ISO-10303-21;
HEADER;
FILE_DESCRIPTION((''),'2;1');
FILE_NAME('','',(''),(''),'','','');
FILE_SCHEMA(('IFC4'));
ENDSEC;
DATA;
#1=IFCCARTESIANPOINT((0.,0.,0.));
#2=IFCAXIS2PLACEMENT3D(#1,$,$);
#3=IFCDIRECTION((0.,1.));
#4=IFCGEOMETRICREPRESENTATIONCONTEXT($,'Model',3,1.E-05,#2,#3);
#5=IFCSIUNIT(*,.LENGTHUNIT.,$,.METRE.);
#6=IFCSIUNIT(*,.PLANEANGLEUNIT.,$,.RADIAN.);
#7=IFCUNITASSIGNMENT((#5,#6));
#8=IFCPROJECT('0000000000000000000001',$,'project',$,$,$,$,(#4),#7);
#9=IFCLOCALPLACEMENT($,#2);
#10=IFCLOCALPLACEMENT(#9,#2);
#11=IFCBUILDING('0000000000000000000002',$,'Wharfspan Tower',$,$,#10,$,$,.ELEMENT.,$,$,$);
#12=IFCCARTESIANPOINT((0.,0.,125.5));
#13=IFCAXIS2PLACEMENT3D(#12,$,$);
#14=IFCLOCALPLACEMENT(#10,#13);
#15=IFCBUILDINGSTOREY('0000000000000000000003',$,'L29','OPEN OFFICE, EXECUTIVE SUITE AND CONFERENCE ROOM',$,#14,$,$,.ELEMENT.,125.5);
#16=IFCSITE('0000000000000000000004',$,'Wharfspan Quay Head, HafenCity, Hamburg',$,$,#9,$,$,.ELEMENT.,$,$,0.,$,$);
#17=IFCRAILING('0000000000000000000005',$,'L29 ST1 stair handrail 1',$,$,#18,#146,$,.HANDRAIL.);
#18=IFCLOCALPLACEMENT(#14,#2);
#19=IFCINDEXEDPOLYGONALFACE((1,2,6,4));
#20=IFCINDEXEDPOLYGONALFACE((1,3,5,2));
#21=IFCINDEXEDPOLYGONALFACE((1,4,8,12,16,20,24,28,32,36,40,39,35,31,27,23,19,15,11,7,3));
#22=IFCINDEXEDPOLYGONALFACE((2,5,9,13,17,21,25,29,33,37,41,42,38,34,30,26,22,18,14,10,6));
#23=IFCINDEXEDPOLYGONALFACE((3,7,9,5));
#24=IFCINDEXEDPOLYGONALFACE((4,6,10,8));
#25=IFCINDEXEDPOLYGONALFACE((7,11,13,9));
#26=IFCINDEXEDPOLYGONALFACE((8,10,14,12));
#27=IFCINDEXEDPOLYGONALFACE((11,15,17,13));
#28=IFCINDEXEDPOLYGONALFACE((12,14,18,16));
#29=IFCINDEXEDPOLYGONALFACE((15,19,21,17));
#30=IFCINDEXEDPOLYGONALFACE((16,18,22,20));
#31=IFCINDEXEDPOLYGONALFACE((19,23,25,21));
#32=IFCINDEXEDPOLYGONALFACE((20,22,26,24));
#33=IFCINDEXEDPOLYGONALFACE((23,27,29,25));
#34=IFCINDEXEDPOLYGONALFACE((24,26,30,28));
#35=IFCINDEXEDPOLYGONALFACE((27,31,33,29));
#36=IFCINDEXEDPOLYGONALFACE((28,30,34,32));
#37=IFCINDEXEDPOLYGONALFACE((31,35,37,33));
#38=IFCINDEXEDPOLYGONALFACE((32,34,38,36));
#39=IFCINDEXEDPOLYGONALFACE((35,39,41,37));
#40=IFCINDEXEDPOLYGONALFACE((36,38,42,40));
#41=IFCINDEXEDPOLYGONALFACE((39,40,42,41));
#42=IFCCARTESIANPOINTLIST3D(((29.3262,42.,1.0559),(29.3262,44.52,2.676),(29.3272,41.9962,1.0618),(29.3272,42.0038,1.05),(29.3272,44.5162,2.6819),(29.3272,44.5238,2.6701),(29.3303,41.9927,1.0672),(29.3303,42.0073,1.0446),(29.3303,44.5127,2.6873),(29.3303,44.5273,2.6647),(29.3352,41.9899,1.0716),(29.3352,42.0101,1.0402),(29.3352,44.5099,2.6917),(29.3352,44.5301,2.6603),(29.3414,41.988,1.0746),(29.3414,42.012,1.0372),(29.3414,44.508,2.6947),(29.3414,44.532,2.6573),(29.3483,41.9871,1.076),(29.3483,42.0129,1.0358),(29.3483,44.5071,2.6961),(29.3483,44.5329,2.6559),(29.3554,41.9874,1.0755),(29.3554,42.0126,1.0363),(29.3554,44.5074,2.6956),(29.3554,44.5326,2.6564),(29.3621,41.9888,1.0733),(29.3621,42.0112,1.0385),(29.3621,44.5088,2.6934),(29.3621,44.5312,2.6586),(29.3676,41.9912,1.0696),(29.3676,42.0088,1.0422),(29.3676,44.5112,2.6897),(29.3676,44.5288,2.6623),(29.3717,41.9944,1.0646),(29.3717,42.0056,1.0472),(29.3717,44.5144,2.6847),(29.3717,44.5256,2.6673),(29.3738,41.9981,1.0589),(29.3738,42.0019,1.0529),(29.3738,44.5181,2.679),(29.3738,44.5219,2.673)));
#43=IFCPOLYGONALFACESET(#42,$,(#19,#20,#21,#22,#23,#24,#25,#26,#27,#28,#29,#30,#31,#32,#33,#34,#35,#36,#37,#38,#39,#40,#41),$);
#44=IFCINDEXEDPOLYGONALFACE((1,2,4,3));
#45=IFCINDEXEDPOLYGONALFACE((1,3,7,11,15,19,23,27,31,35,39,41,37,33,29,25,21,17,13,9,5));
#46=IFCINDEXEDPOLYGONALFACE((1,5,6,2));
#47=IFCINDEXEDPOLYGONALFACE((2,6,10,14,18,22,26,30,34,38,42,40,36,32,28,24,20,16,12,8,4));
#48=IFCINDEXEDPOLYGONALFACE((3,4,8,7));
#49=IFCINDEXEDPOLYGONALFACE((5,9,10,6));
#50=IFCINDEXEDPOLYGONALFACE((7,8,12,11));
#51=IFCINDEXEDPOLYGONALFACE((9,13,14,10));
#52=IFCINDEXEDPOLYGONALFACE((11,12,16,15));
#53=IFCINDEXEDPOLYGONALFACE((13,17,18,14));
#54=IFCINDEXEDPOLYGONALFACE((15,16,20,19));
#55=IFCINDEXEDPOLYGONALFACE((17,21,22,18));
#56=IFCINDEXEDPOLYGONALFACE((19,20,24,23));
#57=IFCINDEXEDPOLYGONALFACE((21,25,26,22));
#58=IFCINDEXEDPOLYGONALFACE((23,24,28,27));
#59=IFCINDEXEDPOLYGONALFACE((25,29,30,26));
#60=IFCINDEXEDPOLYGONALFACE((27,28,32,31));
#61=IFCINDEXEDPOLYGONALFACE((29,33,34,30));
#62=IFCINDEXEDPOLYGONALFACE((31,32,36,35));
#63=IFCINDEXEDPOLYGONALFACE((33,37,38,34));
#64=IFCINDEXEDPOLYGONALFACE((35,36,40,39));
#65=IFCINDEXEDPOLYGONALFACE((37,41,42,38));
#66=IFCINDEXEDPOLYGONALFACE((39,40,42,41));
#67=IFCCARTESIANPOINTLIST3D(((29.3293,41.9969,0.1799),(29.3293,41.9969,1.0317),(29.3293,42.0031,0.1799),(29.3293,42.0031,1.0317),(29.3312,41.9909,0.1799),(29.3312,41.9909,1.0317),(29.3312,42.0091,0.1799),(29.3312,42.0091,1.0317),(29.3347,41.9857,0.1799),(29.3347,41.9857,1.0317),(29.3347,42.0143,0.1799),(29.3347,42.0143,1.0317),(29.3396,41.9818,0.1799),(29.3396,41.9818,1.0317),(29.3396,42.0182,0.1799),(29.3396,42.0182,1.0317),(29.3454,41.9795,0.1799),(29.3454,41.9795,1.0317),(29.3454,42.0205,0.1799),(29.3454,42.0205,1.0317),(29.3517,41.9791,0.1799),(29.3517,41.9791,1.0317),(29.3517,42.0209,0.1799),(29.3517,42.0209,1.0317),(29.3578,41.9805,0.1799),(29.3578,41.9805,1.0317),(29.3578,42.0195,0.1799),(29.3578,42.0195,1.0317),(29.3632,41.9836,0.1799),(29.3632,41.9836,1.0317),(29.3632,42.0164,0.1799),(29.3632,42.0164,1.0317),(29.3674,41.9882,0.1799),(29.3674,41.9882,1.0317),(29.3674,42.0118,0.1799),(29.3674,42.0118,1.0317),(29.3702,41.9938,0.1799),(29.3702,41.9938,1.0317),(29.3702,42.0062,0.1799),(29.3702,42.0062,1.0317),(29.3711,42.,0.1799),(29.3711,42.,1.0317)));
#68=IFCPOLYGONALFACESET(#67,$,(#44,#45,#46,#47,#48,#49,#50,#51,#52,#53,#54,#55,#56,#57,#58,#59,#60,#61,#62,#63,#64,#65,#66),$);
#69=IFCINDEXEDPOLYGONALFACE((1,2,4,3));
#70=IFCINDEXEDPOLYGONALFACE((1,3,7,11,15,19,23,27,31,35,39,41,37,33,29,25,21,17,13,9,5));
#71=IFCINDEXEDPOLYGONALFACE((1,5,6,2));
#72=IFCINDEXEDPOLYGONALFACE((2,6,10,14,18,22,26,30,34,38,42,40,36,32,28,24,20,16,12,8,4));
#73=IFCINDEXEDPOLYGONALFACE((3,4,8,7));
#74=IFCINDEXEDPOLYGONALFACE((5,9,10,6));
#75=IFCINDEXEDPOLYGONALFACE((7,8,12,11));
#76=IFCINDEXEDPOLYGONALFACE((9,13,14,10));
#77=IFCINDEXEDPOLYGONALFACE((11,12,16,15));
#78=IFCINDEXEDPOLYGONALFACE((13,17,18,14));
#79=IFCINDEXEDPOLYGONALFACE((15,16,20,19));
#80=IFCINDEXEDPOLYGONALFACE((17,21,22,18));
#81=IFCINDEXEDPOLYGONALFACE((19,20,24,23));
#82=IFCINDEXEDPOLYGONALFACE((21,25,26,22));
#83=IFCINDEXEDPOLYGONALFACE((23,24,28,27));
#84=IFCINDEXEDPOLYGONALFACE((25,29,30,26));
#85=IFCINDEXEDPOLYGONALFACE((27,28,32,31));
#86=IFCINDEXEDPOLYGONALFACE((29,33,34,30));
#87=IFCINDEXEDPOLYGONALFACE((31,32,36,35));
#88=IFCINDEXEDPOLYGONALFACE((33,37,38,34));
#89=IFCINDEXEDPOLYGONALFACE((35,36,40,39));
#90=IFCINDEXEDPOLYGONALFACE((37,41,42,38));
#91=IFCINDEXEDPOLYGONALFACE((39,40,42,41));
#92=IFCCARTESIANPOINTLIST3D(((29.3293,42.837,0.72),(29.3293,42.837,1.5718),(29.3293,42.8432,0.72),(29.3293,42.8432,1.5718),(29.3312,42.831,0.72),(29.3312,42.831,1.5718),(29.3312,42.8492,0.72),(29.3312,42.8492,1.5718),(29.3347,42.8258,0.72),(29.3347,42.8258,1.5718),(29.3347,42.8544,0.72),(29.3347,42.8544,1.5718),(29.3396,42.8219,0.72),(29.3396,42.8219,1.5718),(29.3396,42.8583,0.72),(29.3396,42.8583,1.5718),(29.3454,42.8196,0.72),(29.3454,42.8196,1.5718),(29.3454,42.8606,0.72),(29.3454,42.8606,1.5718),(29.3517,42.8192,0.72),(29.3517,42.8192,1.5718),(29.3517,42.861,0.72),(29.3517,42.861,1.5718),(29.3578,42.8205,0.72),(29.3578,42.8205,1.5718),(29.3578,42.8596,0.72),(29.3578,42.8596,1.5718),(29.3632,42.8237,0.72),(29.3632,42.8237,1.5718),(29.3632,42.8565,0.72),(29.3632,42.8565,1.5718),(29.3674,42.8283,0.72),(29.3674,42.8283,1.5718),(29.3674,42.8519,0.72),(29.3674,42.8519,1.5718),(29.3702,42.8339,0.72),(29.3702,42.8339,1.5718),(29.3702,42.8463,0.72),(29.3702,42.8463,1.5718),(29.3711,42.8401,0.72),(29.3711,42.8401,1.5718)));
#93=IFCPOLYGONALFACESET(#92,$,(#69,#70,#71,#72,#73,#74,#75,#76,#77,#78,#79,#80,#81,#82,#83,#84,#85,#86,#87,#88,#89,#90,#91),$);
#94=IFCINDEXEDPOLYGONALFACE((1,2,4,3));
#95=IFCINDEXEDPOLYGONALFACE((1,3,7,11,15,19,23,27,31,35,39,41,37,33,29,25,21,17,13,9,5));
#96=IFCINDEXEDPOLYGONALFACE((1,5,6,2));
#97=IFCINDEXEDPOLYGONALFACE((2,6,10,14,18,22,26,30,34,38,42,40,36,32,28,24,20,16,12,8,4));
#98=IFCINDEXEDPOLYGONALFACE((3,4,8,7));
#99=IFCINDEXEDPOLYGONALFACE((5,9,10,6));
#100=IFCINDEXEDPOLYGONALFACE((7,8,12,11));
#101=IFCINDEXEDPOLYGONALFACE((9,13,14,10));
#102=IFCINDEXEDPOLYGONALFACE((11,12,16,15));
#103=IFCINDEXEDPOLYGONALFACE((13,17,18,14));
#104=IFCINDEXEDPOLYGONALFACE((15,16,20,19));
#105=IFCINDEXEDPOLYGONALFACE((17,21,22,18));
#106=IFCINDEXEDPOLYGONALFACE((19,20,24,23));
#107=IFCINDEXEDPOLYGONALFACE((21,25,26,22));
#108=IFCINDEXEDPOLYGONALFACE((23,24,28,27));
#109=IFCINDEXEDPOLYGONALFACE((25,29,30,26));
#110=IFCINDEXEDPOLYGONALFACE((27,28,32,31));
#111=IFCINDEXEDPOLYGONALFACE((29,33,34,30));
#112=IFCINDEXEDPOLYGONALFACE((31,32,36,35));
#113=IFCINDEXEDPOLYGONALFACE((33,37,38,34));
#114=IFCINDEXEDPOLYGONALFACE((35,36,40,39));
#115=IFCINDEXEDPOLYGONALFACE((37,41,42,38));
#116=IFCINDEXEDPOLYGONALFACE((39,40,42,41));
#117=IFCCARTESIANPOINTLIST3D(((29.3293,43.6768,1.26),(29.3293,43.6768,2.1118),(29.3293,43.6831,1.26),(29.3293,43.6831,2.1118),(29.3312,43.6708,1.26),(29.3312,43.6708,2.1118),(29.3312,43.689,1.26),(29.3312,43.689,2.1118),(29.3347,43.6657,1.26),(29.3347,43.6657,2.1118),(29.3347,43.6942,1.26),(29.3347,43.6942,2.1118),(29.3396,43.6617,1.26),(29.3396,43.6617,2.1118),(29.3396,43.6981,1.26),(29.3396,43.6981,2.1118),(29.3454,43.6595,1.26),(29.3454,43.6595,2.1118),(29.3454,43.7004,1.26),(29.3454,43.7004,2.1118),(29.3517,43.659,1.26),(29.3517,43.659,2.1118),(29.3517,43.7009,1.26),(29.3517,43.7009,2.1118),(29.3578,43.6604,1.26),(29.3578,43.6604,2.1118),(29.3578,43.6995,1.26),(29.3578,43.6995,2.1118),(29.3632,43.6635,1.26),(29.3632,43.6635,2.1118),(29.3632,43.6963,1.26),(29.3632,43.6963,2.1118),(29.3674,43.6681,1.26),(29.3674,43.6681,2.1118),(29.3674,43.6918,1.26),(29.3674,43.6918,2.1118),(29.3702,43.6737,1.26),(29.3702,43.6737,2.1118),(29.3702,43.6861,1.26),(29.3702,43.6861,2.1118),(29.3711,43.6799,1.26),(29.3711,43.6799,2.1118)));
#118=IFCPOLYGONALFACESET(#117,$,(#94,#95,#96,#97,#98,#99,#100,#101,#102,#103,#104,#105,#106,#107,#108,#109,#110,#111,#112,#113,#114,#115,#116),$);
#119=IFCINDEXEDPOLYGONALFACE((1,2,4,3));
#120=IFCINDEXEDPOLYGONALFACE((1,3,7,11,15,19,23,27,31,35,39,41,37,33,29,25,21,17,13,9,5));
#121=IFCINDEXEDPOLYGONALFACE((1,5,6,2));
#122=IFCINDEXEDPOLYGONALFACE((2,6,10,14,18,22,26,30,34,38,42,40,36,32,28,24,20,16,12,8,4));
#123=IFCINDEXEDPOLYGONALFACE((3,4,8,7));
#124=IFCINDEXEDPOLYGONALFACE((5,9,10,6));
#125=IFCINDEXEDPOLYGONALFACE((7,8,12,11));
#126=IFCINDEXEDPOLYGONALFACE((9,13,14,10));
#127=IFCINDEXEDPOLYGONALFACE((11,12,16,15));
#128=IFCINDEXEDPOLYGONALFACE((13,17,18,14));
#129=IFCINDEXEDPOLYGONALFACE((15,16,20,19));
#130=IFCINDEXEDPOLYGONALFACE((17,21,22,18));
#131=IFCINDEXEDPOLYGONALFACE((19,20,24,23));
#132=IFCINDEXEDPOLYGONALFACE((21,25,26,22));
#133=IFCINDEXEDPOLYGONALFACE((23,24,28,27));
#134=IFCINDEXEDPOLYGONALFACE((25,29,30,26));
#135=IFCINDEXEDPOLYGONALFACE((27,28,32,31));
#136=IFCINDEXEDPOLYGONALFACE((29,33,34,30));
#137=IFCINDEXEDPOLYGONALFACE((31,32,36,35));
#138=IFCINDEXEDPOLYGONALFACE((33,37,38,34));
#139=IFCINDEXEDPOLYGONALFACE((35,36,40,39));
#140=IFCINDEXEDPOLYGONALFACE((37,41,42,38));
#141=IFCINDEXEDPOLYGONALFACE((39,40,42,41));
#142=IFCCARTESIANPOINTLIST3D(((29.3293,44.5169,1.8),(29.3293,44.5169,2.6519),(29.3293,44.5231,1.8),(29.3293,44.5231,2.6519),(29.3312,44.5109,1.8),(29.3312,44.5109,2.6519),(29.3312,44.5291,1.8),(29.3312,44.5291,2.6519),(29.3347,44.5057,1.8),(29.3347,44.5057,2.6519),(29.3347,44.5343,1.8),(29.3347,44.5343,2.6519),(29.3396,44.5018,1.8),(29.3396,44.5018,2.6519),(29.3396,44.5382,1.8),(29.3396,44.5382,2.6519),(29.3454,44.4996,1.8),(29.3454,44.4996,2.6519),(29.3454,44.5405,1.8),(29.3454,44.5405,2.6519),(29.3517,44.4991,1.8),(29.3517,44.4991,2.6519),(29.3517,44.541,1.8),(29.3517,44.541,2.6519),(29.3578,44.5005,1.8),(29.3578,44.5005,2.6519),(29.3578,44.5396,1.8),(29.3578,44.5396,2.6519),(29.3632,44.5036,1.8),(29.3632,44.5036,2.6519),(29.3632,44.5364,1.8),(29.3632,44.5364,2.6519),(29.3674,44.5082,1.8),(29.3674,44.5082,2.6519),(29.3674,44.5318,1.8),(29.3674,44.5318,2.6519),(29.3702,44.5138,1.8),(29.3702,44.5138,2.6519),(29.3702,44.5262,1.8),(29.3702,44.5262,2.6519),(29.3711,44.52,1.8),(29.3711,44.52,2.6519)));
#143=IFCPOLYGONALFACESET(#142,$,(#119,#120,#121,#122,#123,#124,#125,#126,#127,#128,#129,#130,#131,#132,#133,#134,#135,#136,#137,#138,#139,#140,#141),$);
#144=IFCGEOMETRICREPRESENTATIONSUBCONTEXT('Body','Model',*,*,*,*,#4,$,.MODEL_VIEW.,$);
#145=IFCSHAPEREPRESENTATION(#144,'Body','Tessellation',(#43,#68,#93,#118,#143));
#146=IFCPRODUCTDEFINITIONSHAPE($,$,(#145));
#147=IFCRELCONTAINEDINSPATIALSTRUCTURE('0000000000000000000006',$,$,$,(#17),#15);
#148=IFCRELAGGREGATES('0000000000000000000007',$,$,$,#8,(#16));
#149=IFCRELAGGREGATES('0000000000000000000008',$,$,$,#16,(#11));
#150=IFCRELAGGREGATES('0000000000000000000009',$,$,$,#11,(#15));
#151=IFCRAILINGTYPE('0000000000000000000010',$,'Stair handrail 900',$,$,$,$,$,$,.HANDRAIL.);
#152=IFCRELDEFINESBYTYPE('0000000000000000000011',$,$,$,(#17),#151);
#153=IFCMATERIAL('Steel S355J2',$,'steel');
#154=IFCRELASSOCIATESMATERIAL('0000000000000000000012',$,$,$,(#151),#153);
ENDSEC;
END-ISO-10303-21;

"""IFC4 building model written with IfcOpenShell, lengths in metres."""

from ifc_helpers import new_model, si_unit, direction, frame, origin, origin_2d, place, context, subcontext, project, spatial, circle, extrude, material, type_object, element, save


model = new_model("IFC4")

# Units and contexts
model_context = context("Model", 3, precision=1e-05, world=origin(), true_north=direction((0.0, 1.0)))
body_context = subcontext(model_context, "Body", "Model", "MODEL_VIEW")
ifc_project = project(units=[si_unit("LENGTHUNIT", "METRE"), si_unit("PLANEANGLEUNIT", "RADIAN")], contexts=[model_context])

# Site, building, storey
site_placement = place(None, origin())
site = spatial("IfcSite", under=ifc_project, at=site_placement, Name="Wharfspan Quay Head, HafenCity, Hamburg", CompositionType="ELEMENT", RefElevation=0.0)
building_placement = place(site_placement, origin())
building = spatial("IfcBuilding", under=site, at=building_placement, Name="Wharfspan Tower", CompositionType="ELEMENT")
storey_placement = place(building_placement, frame((0.0, 0.0, 125.5)))
storey = spatial("IfcBuildingStorey", under=building, at=storey_placement, Name="L29", Description="OPEN OFFICE, EXECUTIVE SUITE AND CONFERENCE ROOM", CompositionType="ELEMENT", Elevation=125.5)

# Shared definitions
ifc_material_1 = material(Name="Steel S355J2", Category="steel")

# Railing
railing_type_1 = type_object("IfcRailingType", Name="Stair handrail 900", PredefinedType="HANDRAIL", material=ifc_material_1)
railing_1_placement = place(storey_placement, frame((29.3501, 42.0, 0.1799)))
element("IfcRailing", 1, at=railing_1_placement, inside=storey, type_object=railing_type_1, Name="L29 ST1 stair handrail 1", PredefinedType="HANDRAIL", context=body_context, shape_type="SweptSolid", body=[
    extrude(circle(Radius=0.0239, at=origin_2d()), frame((0.0, 0.0, 0.876), z_axis=(0.0, 0.841163, 0.540782), x_axis=(-1.0, 0.0, 0.0)), (0.0, 0.0, 1.0), 2.9958),
    extrude(circle(Radius=0.021, at=origin_2d()), origin(), (0.0, 0.0, 1.0), 0.8518),
    extrude(circle(Radius=0.021, at=origin_2d()), frame((0.0, 0.8401, 0.54)), (0.0, 0.0, 1.0), 0.8518),
    extrude(circle(Radius=0.021, at=origin_2d()), frame((0.0, 1.6799, 1.0801)), (0.0, 0.0, 1.0), 0.8518),
    extrude(circle(Radius=0.021, at=origin_2d()), frame((0.0, 2.52, 1.6201)), (0.0, 0.0, 1.0), 0.8518),
])

save(model, "model.ifc")
